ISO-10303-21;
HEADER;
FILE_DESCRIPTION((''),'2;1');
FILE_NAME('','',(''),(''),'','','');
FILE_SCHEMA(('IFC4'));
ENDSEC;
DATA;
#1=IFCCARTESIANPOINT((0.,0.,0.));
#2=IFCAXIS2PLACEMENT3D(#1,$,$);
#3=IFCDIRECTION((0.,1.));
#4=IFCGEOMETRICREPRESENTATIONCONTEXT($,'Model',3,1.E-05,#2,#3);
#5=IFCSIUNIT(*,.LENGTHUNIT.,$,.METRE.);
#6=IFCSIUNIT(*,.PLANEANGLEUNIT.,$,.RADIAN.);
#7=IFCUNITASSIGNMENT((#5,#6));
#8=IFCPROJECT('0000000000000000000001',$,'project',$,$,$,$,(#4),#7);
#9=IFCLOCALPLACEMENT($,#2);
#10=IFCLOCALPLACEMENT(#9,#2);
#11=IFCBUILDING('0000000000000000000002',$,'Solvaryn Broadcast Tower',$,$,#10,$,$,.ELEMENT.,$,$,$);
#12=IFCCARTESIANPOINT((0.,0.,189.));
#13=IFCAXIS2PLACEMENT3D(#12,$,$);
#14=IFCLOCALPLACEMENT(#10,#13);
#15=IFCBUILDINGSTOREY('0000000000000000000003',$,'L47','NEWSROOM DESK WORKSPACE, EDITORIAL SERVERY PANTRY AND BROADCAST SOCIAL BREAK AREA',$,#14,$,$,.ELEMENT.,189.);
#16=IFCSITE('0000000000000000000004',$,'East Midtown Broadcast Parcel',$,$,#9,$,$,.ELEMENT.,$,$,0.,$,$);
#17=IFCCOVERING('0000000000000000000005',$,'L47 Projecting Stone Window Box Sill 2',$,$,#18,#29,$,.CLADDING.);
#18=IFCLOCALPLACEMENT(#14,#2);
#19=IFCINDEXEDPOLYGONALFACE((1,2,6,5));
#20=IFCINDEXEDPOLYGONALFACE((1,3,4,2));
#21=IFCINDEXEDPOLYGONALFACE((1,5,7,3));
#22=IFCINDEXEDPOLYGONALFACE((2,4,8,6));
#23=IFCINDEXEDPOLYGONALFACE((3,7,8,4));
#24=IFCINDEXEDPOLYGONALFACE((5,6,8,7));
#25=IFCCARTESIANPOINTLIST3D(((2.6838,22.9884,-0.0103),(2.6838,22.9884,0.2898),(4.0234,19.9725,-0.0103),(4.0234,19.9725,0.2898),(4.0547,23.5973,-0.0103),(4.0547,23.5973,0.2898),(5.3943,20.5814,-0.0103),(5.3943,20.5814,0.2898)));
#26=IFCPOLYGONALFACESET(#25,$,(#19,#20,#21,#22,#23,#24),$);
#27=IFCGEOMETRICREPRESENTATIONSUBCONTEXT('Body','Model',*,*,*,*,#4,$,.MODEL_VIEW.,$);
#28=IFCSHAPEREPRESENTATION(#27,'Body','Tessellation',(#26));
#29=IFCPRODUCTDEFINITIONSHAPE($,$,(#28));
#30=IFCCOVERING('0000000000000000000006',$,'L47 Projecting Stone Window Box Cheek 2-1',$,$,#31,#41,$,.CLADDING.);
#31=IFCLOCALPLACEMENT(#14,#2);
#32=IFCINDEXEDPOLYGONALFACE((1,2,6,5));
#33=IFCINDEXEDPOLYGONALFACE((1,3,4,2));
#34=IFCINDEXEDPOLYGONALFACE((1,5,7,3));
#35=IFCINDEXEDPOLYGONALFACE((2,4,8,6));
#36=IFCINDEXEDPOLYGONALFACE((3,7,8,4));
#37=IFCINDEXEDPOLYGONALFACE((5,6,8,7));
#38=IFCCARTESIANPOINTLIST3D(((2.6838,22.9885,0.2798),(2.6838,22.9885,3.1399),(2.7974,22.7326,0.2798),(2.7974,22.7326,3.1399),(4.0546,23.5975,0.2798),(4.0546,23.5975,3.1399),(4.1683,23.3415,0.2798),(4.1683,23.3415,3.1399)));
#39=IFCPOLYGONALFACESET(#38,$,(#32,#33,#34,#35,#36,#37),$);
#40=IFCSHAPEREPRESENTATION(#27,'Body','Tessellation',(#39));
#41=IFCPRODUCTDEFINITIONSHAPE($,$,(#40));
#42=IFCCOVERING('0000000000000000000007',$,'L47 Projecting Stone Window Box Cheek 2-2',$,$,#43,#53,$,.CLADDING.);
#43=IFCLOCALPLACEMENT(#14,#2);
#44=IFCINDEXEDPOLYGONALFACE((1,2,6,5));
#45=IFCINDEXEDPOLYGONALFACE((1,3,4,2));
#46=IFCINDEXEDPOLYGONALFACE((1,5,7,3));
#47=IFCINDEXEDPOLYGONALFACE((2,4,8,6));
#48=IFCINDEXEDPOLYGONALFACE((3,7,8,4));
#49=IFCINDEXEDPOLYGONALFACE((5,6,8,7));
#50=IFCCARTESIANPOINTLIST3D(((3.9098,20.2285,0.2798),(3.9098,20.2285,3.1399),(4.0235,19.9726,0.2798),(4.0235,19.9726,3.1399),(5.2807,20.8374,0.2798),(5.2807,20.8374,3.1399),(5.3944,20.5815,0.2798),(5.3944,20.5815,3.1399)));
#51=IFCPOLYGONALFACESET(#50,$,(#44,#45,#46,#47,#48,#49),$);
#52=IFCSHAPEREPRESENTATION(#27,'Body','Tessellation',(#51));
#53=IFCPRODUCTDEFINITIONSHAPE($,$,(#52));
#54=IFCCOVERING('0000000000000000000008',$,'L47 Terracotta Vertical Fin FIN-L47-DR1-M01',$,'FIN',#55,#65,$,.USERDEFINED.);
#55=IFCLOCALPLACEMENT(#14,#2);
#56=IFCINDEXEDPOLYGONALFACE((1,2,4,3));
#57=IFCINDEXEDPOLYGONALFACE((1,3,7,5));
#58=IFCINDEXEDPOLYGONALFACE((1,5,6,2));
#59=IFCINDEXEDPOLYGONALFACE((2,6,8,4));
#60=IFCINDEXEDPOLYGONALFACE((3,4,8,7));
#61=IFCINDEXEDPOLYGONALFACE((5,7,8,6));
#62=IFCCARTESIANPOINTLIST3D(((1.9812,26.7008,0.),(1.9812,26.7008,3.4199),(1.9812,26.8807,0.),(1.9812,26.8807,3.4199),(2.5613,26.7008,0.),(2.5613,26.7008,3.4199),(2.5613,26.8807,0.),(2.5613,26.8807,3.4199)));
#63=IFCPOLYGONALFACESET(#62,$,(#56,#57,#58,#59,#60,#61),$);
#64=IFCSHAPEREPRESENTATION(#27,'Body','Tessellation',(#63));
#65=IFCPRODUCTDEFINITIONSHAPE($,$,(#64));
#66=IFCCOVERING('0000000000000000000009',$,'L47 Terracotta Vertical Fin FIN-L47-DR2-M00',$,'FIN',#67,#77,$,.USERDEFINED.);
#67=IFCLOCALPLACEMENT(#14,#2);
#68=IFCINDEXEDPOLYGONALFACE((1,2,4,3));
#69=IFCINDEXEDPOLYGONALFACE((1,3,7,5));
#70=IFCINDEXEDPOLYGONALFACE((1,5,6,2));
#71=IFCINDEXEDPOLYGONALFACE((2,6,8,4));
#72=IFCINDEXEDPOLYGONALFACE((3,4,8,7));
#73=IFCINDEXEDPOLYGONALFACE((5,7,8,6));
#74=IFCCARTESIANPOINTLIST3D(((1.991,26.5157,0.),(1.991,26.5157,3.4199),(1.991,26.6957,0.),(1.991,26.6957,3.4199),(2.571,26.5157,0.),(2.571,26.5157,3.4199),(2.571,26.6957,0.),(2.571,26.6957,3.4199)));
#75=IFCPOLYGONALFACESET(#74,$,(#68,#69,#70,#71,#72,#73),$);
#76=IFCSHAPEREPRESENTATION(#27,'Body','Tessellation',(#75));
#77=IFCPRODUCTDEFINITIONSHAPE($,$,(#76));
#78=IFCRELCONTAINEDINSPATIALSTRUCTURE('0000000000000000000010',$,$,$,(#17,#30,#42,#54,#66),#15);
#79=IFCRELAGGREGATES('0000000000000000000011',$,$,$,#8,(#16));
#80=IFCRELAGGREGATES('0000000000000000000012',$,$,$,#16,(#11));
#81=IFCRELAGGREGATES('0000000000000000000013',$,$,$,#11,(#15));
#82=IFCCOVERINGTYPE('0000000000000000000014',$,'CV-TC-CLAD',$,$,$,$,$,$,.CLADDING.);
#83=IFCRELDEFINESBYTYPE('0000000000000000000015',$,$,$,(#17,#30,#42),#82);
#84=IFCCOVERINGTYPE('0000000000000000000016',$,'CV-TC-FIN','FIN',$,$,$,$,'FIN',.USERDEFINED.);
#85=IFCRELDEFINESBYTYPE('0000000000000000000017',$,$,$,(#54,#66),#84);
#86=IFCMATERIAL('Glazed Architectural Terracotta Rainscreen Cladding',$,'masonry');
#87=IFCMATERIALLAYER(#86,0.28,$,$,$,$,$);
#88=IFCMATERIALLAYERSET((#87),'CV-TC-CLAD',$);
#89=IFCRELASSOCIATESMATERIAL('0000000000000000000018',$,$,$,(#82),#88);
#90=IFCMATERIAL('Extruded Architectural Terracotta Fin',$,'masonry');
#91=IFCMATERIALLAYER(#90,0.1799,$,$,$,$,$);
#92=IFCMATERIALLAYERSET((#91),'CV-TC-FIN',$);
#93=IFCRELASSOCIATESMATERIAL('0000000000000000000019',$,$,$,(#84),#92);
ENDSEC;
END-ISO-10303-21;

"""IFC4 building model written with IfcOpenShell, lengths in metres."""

from ifc_helpers import new_model, si_unit, direction, frame, origin, origin_2d, place, context, subcontext, project, spatial, rectangle, extrude, material, layer, layer_set, type_object, element, save


model = new_model("IFC4")

# Units and contexts
model_context = context("Model", 3, precision=1e-05, world=origin(), true_north=direction((0.0, 1.0)))
body_context = subcontext(model_context, "Body", "Model", "MODEL_VIEW")
ifc_project = project(units=[si_unit("LENGTHUNIT", "METRE"), si_unit("PLANEANGLEUNIT", "RADIAN")], contexts=[model_context])

# Site, building, storey
site_placement = place(None, origin())
site = spatial("IfcSite", under=ifc_project, at=site_placement, Name="East Midtown Broadcast Parcel", CompositionType="ELEMENT", RefElevation=0.0)
building_placement = place(site_placement, origin())
building = spatial("IfcBuilding", under=site, at=building_placement, Name="Solvaryn Broadcast Tower", CompositionType="ELEMENT")
storey_placement = place(building_placement, frame((0.0, 0.0, 189.0)))
storey = spatial("IfcBuildingStorey", under=building, at=storey_placement, Name="L47", Description="NEWSROOM DESK WORKSPACE, EDITORIAL SERVERY PANTRY AND BROADCAST SOCIAL BREAK AREA", CompositionType="ELEMENT", Elevation=189.0)

# Coverings
ifc_material_1 = material(Name="Glazed Architectural Terracotta Rainscreen Cladding", Category="masonry")
ifc_layer_1 = layer(ifc_material_1, 0.28)
ifc_layer_set_1 = layer_set([ifc_layer_1], Name="CV-TC-CLAD")
covering_type_1 = type_object("IfcCoveringType", Name="CV-TC-CLAD", PredefinedType="CLADDING", material=ifc_layer_set_1)
for number, where, z_axis, x_axis, name in (
    (1, (4.0391, 21.7849, -0.0103), (0.0, 0.0, 1.0), (0.405939, -0.9139, 0.0), "L47 Projecting Stone Window Box Sill 2"),
):
    element("IfcCovering", number, at=place(storey_placement, frame(where, z_axis=z_axis, x_axis=x_axis)), inside=storey, type_object=covering_type_1, Name=name, PredefinedType="CLADDING", context=body_context, shape_type="SweptSolid", body=[
        extrude(rectangle(XDim=3.3, YDim=1.5, at=origin_2d()), origin(), (0.0, 0.0, 1.0), 0.3),
    ])
for number, where, z_axis, x_axis, name in (
    (2, (3.426, 23.165, 0.2798), (0.0, 0.0, 1.0), (0.405939, -0.9139, 0.0), "L47 Projecting Stone Window Box Cheek 2-1"),
    (3, (4.6521, 20.405, 0.2798), (0.0, 0.0, 1.0), (0.405939, -0.9139, 0.0), "L47 Projecting Stone Window Box Cheek 2-2"),
):
    element("IfcCovering", number, at=place(storey_placement, frame(where, z_axis=z_axis, x_axis=x_axis)), inside=storey, type_object=covering_type_1, Name=name, PredefinedType="CLADDING", context=body_context, shape_type="SweptSolid", body=[
        extrude(rectangle(XDim=0.28, YDim=1.5, at=origin_2d()), origin(), (0.0, 0.0, 1.0), 2.8601),
    ])
ifc_material_2 = material(Name="Extruded Architectural Terracotta Fin", Category="masonry")
ifc_layer_2 = layer(ifc_material_2, 0.1799)
ifc_layer_set_2 = layer_set([ifc_layer_2], Name="CV-TC-FIN")
covering_type_2 = type_object("IfcCoveringType", Name="CV-TC-FIN", Description="FIN", ElementType="FIN", PredefinedType="USERDEFINED", material=ifc_layer_set_2)
for number, where, z_axis, x_axis, name in (
    (4, (2.2712, 26.7908, 0.0), (0.0, 0.0, 1.0), (1.0, 0.0, 0.0), "L47 Terracotta Vertical Fin FIN-L47-DR1-M01"),
    (5, (2.281, 26.6057, 0.0), (0.0, 0.0, 1.0), (1.0, 0.0, 0.0), "L47 Terracotta Vertical Fin FIN-L47-DR2-M00"),
):
    element("IfcCovering", number, at=place(storey_placement, frame(where, z_axis=z_axis, x_axis=x_axis)), inside=storey, type_object=covering_type_2, Name=name, ObjectType="FIN", PredefinedType="USERDEFINED", context=body_context, shape_type="SweptSolid", body=[
        extrude(rectangle(XDim=0.5801, YDim=0.1799, at=origin_2d()), origin(), (0.0, 0.0, 1.0), 3.4199),
    ])

save(model, "model.ifc")
